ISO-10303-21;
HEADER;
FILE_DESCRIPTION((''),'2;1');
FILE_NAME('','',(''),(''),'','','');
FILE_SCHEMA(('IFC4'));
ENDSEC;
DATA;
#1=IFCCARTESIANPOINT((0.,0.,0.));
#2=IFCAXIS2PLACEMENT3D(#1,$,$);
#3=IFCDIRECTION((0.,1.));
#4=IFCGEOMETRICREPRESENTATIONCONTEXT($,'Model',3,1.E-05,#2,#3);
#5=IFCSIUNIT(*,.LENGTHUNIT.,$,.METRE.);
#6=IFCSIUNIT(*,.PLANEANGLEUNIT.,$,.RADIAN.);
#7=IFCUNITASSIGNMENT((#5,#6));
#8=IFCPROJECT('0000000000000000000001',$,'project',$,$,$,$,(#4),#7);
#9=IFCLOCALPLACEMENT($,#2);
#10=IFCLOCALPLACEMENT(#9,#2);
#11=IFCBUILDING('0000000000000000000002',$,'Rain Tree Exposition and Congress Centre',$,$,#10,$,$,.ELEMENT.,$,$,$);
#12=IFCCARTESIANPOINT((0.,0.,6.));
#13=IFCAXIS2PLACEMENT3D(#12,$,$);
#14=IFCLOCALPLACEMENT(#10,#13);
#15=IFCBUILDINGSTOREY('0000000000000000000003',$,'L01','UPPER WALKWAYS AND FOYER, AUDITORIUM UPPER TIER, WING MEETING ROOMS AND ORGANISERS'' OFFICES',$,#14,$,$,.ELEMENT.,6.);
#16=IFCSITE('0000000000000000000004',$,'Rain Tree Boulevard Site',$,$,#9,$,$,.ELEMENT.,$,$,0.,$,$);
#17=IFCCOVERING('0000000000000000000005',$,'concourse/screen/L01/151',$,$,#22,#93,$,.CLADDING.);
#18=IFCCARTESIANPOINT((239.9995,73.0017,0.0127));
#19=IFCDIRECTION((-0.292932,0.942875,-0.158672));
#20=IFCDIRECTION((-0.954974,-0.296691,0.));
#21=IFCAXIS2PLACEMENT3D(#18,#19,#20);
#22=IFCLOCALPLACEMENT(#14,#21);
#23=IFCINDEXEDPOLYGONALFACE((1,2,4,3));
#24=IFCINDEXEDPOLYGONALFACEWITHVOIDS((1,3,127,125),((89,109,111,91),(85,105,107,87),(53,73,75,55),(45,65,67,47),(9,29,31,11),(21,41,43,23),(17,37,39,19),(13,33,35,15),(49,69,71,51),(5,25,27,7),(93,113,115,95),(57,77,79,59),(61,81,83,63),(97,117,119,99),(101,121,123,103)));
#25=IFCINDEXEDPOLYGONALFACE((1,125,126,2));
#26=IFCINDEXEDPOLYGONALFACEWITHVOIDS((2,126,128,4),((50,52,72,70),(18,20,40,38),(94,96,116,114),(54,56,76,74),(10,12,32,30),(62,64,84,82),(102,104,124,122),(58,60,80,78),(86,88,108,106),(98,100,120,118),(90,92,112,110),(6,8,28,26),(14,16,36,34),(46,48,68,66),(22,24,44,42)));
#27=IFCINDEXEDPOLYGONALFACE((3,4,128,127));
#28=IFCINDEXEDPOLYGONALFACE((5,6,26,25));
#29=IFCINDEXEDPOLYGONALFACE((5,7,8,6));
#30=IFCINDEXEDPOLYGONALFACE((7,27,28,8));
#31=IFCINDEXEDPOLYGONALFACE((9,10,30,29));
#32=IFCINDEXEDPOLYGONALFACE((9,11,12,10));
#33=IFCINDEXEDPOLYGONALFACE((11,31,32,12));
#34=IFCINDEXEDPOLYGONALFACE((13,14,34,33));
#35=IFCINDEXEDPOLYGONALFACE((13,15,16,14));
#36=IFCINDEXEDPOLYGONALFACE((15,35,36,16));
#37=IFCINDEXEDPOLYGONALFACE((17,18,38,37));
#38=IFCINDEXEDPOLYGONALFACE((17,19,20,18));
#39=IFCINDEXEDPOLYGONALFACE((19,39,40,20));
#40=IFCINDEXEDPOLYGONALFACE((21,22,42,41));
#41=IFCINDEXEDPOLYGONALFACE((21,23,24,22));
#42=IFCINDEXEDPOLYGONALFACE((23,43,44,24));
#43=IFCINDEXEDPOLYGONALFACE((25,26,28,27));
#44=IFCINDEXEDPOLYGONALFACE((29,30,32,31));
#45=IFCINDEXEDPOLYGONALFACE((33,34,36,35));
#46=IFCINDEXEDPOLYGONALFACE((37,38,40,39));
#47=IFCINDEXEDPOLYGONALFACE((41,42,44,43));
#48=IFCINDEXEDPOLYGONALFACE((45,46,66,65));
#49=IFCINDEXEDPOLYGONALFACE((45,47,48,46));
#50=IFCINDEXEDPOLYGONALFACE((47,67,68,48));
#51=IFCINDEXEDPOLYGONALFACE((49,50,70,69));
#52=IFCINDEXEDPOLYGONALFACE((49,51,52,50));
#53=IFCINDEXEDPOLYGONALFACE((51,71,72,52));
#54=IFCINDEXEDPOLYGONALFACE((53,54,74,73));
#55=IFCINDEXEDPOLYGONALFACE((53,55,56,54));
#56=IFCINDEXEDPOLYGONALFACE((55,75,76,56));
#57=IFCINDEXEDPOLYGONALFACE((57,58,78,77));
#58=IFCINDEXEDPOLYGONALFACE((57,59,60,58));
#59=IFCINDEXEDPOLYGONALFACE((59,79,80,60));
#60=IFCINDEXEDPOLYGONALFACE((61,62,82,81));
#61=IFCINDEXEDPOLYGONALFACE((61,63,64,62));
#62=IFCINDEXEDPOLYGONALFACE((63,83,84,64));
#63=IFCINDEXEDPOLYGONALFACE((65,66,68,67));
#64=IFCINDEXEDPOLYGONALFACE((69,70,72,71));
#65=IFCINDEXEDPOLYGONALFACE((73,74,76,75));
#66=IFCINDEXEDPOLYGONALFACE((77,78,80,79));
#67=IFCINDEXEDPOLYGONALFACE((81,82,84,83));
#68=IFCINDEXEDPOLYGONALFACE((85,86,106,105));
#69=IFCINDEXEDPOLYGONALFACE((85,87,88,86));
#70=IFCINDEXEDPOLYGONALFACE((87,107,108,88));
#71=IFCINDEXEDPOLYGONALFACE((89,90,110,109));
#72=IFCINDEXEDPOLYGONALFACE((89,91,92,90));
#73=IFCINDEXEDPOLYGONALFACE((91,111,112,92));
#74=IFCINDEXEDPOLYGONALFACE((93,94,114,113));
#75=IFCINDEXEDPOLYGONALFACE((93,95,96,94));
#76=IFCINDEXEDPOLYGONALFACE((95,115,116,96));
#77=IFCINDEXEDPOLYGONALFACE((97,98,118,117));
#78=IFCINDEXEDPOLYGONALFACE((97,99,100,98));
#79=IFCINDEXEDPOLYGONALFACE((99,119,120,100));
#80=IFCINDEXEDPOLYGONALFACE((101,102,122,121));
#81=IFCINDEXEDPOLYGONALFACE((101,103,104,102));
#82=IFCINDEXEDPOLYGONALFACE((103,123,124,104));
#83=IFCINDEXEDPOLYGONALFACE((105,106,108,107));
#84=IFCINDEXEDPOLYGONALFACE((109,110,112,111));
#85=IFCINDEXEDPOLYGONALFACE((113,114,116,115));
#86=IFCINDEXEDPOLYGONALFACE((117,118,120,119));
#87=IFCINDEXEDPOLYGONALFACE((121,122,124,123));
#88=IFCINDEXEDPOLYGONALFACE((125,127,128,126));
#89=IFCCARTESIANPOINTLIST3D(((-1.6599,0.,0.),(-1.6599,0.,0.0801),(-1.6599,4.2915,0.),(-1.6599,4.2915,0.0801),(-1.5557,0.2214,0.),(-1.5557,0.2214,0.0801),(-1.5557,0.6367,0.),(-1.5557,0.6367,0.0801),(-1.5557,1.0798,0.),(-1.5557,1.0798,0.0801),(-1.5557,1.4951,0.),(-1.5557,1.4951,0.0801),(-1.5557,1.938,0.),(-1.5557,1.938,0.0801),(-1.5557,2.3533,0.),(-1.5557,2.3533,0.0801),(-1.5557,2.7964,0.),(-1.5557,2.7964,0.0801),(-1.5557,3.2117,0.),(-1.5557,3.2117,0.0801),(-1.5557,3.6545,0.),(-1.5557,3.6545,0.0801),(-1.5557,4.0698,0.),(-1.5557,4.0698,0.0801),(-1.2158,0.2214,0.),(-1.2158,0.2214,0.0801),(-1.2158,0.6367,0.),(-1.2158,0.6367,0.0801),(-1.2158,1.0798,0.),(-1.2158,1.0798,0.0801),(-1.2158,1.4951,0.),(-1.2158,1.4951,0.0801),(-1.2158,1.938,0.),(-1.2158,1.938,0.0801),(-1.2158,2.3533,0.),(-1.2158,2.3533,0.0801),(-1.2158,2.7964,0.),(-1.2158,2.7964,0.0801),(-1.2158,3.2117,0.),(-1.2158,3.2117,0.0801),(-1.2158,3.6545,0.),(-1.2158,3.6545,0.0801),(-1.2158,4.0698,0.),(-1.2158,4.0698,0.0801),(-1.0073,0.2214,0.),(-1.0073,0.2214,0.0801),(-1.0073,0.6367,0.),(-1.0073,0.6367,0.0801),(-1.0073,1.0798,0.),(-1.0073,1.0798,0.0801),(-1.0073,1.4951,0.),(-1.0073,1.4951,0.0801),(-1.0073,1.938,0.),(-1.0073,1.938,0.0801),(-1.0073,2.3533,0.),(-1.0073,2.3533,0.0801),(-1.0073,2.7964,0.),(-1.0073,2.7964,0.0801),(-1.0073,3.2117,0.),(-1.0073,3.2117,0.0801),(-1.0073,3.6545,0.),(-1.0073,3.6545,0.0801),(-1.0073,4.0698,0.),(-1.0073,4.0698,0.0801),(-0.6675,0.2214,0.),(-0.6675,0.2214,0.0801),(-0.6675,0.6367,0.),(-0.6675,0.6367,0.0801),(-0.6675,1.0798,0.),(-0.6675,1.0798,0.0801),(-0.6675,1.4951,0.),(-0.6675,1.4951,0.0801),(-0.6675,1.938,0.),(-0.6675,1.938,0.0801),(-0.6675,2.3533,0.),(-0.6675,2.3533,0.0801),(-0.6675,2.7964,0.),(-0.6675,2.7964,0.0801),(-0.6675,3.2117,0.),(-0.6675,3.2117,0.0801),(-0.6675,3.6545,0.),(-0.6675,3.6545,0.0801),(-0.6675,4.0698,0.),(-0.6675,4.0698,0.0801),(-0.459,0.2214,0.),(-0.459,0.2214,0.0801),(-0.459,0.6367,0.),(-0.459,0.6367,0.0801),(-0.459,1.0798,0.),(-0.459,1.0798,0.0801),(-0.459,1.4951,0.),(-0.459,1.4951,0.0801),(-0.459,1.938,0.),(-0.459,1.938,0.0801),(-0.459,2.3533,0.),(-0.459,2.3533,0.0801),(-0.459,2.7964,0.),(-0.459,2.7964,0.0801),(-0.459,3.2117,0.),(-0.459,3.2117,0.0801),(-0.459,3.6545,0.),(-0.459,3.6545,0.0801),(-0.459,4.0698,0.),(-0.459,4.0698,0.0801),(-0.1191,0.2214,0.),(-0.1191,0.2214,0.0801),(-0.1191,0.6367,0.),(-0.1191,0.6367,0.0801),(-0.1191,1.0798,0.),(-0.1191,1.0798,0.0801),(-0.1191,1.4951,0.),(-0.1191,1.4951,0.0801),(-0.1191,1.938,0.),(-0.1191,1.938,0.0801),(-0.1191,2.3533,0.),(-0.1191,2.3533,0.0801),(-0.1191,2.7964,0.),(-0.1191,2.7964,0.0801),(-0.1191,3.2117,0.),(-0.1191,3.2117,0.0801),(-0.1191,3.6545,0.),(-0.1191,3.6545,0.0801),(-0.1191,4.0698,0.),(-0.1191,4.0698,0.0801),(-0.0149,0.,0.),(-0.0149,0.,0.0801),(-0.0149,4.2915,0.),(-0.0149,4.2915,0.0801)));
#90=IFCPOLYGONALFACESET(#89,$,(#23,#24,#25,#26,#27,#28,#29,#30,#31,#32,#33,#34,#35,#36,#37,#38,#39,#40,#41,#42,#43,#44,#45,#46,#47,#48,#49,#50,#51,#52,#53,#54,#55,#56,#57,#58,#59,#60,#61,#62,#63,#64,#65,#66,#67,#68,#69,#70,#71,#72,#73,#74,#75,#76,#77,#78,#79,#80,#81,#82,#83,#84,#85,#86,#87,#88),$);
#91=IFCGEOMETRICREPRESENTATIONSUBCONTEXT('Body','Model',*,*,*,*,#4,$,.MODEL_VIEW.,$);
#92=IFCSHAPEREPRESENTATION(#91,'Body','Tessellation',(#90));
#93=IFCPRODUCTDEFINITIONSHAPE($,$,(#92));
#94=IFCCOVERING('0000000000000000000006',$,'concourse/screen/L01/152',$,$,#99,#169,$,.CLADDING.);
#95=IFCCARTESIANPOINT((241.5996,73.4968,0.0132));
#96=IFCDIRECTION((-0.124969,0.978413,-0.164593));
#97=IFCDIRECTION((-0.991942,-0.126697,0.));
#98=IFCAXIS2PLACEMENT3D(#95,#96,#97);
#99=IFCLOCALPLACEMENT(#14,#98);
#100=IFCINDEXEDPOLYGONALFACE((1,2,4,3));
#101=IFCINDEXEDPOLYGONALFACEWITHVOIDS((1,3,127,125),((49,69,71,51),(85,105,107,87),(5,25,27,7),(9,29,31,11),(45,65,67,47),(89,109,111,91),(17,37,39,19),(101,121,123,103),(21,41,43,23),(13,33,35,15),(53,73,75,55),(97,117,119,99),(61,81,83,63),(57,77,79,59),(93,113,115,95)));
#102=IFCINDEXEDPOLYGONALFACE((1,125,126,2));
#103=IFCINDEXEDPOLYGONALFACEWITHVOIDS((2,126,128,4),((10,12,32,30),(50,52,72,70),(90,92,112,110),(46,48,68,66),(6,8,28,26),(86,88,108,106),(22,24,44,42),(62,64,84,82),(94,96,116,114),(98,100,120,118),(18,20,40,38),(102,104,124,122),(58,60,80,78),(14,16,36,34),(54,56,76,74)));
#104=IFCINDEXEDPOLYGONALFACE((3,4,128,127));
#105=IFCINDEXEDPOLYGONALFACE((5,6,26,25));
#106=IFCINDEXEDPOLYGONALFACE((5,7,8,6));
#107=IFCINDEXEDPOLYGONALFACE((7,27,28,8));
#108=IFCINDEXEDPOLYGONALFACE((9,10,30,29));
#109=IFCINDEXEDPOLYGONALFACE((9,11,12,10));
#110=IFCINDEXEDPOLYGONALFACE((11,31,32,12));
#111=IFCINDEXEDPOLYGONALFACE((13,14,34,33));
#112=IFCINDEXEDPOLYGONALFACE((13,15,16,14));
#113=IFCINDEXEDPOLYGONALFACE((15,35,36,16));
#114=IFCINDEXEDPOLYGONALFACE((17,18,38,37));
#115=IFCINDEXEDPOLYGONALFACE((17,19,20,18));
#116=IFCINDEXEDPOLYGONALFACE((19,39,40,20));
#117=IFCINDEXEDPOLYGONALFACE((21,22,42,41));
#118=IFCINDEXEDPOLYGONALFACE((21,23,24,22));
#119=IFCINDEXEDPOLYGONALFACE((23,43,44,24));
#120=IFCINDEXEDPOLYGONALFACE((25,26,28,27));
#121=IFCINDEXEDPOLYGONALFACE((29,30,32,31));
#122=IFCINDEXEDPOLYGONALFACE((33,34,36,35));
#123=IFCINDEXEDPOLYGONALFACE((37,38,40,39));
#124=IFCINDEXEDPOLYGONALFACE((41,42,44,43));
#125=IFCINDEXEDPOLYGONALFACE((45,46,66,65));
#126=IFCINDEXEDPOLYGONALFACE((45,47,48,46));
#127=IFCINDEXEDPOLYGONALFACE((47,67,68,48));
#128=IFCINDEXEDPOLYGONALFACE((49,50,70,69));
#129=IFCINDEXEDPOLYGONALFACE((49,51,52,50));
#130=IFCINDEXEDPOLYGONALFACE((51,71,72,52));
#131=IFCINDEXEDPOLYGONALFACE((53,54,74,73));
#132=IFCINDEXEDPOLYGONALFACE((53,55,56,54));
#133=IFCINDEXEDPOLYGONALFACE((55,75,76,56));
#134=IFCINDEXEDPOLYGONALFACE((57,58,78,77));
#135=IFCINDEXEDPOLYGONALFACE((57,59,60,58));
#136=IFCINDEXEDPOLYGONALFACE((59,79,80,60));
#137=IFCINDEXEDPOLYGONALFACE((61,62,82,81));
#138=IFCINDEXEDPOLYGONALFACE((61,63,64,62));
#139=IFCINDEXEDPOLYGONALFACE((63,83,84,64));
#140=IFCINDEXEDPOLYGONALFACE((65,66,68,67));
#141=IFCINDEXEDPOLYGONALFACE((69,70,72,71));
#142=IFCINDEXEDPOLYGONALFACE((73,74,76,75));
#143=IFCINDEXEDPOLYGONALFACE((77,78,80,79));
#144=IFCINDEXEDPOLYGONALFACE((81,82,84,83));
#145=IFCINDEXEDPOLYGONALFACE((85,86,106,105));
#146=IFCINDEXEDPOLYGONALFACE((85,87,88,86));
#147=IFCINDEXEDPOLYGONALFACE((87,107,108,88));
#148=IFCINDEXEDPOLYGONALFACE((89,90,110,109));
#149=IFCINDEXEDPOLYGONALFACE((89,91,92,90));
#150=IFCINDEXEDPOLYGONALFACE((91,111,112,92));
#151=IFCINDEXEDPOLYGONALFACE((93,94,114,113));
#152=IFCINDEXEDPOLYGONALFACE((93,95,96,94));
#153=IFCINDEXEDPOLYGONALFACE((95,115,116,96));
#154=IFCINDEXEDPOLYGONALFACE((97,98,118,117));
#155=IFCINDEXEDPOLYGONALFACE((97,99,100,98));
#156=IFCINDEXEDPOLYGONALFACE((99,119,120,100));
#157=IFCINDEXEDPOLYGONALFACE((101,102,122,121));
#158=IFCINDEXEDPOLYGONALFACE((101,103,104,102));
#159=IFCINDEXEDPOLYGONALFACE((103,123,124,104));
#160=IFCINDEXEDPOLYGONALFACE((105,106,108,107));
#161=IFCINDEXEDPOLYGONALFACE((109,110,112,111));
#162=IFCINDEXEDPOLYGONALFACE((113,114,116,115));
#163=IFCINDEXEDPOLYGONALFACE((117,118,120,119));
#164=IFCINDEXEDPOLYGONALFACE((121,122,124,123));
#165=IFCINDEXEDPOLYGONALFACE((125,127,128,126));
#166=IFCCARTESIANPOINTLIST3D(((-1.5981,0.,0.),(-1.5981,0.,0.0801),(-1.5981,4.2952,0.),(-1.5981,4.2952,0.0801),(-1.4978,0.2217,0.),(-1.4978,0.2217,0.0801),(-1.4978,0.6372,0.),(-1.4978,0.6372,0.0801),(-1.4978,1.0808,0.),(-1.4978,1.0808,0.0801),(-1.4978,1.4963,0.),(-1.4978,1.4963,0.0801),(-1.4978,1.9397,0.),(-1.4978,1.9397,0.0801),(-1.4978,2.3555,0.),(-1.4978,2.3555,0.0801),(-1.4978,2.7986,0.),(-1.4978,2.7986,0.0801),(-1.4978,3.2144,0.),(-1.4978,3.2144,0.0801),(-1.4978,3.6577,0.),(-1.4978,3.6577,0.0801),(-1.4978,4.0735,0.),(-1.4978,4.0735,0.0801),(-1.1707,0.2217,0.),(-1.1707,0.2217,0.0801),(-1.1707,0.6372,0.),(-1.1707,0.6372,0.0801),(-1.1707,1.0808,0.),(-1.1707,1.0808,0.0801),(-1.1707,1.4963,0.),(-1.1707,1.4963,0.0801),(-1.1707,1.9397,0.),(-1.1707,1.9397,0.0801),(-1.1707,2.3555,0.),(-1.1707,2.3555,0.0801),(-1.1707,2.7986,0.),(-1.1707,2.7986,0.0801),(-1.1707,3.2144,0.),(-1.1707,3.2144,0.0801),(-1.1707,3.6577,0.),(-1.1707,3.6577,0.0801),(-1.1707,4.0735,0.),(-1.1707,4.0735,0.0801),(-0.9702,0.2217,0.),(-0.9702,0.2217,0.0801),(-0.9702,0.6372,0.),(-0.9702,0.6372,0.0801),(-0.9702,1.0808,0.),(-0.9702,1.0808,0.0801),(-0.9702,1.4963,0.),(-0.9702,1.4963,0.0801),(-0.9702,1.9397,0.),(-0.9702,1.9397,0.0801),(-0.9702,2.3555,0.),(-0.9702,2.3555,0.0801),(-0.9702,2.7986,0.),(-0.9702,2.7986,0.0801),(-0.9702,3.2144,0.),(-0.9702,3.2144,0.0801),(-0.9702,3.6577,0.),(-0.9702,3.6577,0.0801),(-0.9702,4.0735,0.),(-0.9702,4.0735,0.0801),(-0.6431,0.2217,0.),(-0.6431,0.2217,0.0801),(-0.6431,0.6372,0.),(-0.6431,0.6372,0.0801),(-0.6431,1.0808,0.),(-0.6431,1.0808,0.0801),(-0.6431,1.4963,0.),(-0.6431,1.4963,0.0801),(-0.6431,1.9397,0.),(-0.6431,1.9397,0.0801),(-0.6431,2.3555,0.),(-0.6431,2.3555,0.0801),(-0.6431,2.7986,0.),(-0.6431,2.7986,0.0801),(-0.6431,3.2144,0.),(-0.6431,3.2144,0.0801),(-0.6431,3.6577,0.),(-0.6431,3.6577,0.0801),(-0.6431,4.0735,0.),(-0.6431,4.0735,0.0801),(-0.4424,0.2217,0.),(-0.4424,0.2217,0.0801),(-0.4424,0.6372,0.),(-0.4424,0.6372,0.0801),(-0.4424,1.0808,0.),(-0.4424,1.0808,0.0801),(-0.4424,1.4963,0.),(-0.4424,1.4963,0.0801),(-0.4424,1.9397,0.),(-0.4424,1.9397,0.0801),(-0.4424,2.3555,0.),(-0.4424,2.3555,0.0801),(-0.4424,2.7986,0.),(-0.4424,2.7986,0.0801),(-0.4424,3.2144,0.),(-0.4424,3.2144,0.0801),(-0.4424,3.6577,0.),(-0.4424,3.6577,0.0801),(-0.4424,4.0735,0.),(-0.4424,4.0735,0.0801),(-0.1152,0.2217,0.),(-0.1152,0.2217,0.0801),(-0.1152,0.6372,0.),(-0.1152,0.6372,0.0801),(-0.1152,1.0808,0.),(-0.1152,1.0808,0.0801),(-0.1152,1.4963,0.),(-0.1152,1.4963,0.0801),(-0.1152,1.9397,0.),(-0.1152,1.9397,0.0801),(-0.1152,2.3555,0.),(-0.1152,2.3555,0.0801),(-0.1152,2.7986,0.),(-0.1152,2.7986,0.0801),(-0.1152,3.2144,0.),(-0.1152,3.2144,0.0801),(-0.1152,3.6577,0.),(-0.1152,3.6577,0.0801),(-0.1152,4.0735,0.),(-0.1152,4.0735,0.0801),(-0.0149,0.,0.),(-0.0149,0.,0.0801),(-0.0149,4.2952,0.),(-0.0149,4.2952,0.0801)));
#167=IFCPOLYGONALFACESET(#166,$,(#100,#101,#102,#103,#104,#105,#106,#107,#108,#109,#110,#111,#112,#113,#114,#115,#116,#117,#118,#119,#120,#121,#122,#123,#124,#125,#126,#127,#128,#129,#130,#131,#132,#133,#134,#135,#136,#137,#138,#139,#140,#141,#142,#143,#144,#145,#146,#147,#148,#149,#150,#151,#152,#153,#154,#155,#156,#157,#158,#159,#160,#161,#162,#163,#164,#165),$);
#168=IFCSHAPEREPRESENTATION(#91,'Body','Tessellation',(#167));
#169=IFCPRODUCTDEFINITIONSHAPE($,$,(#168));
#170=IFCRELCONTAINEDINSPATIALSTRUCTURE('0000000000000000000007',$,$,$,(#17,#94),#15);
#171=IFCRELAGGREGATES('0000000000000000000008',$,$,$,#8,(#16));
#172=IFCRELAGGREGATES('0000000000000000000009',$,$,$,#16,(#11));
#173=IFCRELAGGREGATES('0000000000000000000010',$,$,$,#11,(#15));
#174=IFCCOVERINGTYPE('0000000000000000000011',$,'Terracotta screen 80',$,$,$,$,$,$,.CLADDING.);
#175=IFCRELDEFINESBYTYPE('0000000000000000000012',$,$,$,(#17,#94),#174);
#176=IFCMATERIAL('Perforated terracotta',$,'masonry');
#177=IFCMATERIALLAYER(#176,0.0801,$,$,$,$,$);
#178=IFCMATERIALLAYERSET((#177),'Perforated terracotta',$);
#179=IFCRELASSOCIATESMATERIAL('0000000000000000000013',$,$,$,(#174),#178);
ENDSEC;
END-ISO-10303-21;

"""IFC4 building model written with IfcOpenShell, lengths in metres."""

from ifc_helpers import new_model, si_unit, direction, frame, origin, place, context, subcontext, project, spatial, polyline, outline, extrude, material, layer, layer_set, type_object, element, save


model = new_model("IFC4")

# Units and contexts
model_context = context("Model", 3, precision=1e-05, world=origin(), true_north=direction((0.0, 1.0)))
body_context = subcontext(model_context, "Body", "Model", "MODEL_VIEW")
ifc_project = project(units=[si_unit("LENGTHUNIT", "METRE"), si_unit("PLANEANGLEUNIT", "RADIAN")], contexts=[model_context])

# Site, building, storey
site_placement = place(None, origin())
site = spatial("IfcSite", under=ifc_project, at=site_placement, Name="Rain Tree Boulevard Site", CompositionType="ELEMENT", RefElevation=0.0)
building_placement = place(site_placement, origin())
building = spatial("IfcBuilding", under=site, at=building_placement, Name="Rain Tree Exposition and Congress Centre", CompositionType="ELEMENT")
storey_placement = place(building_placement, frame((0.0, 0.0, 6.0)))
storey = spatial("IfcBuildingStorey", under=building, at=storey_placement, Name="L01", Description="UPPER WALKWAYS AND FOYER, AUDITORIUM UPPER TIER, WING MEETING ROOMS AND ORGANISERS' OFFICES", CompositionType="ELEMENT", Elevation=6.0)

# Coverings
ifc_material_1 = material(Name="Perforated terracotta", Category="masonry")
ifc_layer_1 = layer(ifc_material_1, 0.0801)
ifc_layer_set_1 = layer_set([ifc_layer_1], Name="Perforated terracotta")
covering_type = type_object("IfcCoveringType", Name="Terracotta screen 80", PredefinedType="CLADDING", material=ifc_layer_set_1)
covering_1_placement = place(storey_placement, frame((239.9995, 73.0017, 0.0127), z_axis=(-0.292932, 0.942875, -0.158672), x_axis=(-0.954974, -0.296691, 0.0)))
element("IfcCovering", 1, at=covering_1_placement, inside=storey, type_object=covering_type, Name="concourse/screen/L01/151", PredefinedType="CLADDING", context=body_context, shape_type="SweptSolid", body=[
    extrude(outline(polyline([(-1.6599, 0.0), (-1.6599, 4.2915), (-0.0149, 4.2915), (-0.0149, 0.0), (-1.6599, 0.0)]), holes=[polyline([(-0.1191, 0.2214), (-0.1191, 0.6367), (-0.459, 0.6367), (-0.459, 0.2214), (-0.1191, 0.2214)]), polyline([(-0.1191, 1.0798), (-0.1191, 1.4951), (-0.459, 1.4951), (-0.459, 1.0798), (-0.1191, 1.0798)]), polyline([(-0.1191, 1.938), (-0.1191, 2.3533), (-0.459, 2.3533), (-0.459, 1.938), (-0.1191, 1.938)]), polyline([(-0.1191, 2.7964), (-0.1191, 3.2117), (-0.459, 3.2117), (-0.459, 2.7964), (-0.1191, 2.7964)]), polyline([(-0.1191, 3.6545), (-0.1191, 4.0698), (-0.459, 4.0698), (-0.459, 3.6545), (-0.1191, 3.6545)]), polyline([(-0.6675, 0.2214), (-0.6675, 0.6367), (-1.0073, 0.6367), (-1.0073, 0.2214), (-0.6675, 0.2214)]), polyline([(-0.6675, 1.0798), (-0.6675, 1.4951), (-1.0073, 1.4951), (-1.0073, 1.0798), (-0.6675, 1.0798)]), polyline([(-0.6675, 1.938), (-0.6675, 2.3533), (-1.0073, 2.3533), (-1.0073, 1.938), (-0.6675, 1.938)]), polyline([(-0.6675, 2.7964), (-0.6675, 3.2117), (-1.0073, 3.2117), (-1.0073, 2.7964), (-0.6675, 2.7964)]), polyline([(-0.6675, 3.6545), (-0.6675, 4.0698), (-1.0073, 4.0698), (-1.0073, 3.6545), (-0.6675, 3.6545)]), polyline([(-1.2158, 0.2214), (-1.2158, 0.6367), (-1.5557, 0.6367), (-1.5557, 0.2214), (-1.2158, 0.2214)]), polyline([(-1.2158, 1.0798), (-1.2158, 1.4951), (-1.5557, 1.4951), (-1.5557, 1.0798), (-1.2158, 1.0798)]), polyline([(-1.2158, 1.938), (-1.2158, 2.3533), (-1.5557, 2.3533), (-1.5557, 1.938), (-1.2158, 1.938)]), polyline([(-1.2158, 2.7964), (-1.2158, 3.2117), (-1.5557, 3.2117), (-1.5557, 2.7964), (-1.2158, 2.7964)]), polyline([(-1.2158, 3.6545), (-1.2158, 4.0698), (-1.5557, 4.0698), (-1.5557, 3.6545), (-1.2158, 3.6545)])]), origin(), (0.0, 0.0, 1.0), 0.0801),
])
covering_2_placement = place(storey_placement, frame((241.5996, 73.4968, 0.0132), z_axis=(-0.124969, 0.978413, -0.164593), x_axis=(-0.991942, -0.126697, 0.0)))
element("IfcCovering", 2, at=covering_2_placement, inside=storey, type_object=covering_type, Name="concourse/screen/L01/152", PredefinedType="CLADDING", context=body_context, shape_type="SweptSolid", body=[
    extrude(outline(polyline([(-1.5981, 0.0), (-1.5981, 4.2952), (-0.0149, 4.2952), (-0.0149, 0.0), (-1.5981, 0.0)]), holes=[polyline([(-0.1152, 0.2217), (-0.1152, 0.6372), (-0.4424, 0.6372), (-0.4424, 0.2217), (-0.1152, 0.2217)]), polyline([(-0.1152, 1.0808), (-0.1152, 1.4963), (-0.4424, 1.4963), (-0.4424, 1.0808), (-0.1152, 1.0808)]), polyline([(-0.1152, 1.9397), (-0.1152, 2.3555), (-0.4424, 2.3555), (-0.4424, 1.9397), (-0.1152, 1.9397)]), polyline([(-0.1152, 2.7986), (-0.1152, 3.2144), (-0.4424, 3.2144), (-0.4424, 2.7986), (-0.1152, 2.7986)]), polyline([(-0.1152, 3.6577), (-0.1152, 4.0735), (-0.4424, 4.0735), (-0.4424, 3.6577), (-0.1152, 3.6577)]), polyline([(-0.6431, 0.2217), (-0.6431, 0.6372), (-0.9702, 0.6372), (-0.9702, 0.2217), (-0.6431, 0.2217)]), polyline([(-0.6431, 1.0808), (-0.6431, 1.4963), (-0.9702, 1.4963), (-0.9702, 1.0808), (-0.6431, 1.0808)]), polyline([(-0.6431, 1.9397), (-0.6431, 2.3555), (-0.9702, 2.3555), (-0.9702, 1.9397), (-0.6431, 1.9397)]), polyline([(-0.6431, 2.7986), (-0.6431, 3.2144), (-0.9702, 3.2144), (-0.9702, 2.7986), (-0.6431, 2.7986)]), polyline([(-0.6431, 3.6577), (-0.6431, 4.0735), (-0.9702, 4.0735), (-0.9702, 3.6577), (-0.6431, 3.6577)]), polyline([(-1.1707, 0.2217), (-1.1707, 0.6372), (-1.4978, 0.6372), (-1.4978, 0.2217), (-1.1707, 0.2217)]), polyline([(-1.1707, 1.0808), (-1.1707, 1.4963), (-1.4978, 1.4963), (-1.4978, 1.0808), (-1.1707, 1.0808)]), polyline([(-1.1707, 1.9397), (-1.1707, 2.3555), (-1.4978, 2.3555), (-1.4978, 1.9397), (-1.1707, 1.9397)]), polyline([(-1.1707, 2.7986), (-1.1707, 3.2144), (-1.4978, 3.2144), (-1.4978, 2.7986), (-1.1707, 2.7986)]), polyline([(-1.1707, 3.6577), (-1.1707, 4.0735), (-1.4978, 4.0735), (-1.4978, 3.6577), (-1.1707, 3.6577)])]), origin(), (0.0, 0.0, 1.0), 0.0801),
])

save(model, "model.ifc")
